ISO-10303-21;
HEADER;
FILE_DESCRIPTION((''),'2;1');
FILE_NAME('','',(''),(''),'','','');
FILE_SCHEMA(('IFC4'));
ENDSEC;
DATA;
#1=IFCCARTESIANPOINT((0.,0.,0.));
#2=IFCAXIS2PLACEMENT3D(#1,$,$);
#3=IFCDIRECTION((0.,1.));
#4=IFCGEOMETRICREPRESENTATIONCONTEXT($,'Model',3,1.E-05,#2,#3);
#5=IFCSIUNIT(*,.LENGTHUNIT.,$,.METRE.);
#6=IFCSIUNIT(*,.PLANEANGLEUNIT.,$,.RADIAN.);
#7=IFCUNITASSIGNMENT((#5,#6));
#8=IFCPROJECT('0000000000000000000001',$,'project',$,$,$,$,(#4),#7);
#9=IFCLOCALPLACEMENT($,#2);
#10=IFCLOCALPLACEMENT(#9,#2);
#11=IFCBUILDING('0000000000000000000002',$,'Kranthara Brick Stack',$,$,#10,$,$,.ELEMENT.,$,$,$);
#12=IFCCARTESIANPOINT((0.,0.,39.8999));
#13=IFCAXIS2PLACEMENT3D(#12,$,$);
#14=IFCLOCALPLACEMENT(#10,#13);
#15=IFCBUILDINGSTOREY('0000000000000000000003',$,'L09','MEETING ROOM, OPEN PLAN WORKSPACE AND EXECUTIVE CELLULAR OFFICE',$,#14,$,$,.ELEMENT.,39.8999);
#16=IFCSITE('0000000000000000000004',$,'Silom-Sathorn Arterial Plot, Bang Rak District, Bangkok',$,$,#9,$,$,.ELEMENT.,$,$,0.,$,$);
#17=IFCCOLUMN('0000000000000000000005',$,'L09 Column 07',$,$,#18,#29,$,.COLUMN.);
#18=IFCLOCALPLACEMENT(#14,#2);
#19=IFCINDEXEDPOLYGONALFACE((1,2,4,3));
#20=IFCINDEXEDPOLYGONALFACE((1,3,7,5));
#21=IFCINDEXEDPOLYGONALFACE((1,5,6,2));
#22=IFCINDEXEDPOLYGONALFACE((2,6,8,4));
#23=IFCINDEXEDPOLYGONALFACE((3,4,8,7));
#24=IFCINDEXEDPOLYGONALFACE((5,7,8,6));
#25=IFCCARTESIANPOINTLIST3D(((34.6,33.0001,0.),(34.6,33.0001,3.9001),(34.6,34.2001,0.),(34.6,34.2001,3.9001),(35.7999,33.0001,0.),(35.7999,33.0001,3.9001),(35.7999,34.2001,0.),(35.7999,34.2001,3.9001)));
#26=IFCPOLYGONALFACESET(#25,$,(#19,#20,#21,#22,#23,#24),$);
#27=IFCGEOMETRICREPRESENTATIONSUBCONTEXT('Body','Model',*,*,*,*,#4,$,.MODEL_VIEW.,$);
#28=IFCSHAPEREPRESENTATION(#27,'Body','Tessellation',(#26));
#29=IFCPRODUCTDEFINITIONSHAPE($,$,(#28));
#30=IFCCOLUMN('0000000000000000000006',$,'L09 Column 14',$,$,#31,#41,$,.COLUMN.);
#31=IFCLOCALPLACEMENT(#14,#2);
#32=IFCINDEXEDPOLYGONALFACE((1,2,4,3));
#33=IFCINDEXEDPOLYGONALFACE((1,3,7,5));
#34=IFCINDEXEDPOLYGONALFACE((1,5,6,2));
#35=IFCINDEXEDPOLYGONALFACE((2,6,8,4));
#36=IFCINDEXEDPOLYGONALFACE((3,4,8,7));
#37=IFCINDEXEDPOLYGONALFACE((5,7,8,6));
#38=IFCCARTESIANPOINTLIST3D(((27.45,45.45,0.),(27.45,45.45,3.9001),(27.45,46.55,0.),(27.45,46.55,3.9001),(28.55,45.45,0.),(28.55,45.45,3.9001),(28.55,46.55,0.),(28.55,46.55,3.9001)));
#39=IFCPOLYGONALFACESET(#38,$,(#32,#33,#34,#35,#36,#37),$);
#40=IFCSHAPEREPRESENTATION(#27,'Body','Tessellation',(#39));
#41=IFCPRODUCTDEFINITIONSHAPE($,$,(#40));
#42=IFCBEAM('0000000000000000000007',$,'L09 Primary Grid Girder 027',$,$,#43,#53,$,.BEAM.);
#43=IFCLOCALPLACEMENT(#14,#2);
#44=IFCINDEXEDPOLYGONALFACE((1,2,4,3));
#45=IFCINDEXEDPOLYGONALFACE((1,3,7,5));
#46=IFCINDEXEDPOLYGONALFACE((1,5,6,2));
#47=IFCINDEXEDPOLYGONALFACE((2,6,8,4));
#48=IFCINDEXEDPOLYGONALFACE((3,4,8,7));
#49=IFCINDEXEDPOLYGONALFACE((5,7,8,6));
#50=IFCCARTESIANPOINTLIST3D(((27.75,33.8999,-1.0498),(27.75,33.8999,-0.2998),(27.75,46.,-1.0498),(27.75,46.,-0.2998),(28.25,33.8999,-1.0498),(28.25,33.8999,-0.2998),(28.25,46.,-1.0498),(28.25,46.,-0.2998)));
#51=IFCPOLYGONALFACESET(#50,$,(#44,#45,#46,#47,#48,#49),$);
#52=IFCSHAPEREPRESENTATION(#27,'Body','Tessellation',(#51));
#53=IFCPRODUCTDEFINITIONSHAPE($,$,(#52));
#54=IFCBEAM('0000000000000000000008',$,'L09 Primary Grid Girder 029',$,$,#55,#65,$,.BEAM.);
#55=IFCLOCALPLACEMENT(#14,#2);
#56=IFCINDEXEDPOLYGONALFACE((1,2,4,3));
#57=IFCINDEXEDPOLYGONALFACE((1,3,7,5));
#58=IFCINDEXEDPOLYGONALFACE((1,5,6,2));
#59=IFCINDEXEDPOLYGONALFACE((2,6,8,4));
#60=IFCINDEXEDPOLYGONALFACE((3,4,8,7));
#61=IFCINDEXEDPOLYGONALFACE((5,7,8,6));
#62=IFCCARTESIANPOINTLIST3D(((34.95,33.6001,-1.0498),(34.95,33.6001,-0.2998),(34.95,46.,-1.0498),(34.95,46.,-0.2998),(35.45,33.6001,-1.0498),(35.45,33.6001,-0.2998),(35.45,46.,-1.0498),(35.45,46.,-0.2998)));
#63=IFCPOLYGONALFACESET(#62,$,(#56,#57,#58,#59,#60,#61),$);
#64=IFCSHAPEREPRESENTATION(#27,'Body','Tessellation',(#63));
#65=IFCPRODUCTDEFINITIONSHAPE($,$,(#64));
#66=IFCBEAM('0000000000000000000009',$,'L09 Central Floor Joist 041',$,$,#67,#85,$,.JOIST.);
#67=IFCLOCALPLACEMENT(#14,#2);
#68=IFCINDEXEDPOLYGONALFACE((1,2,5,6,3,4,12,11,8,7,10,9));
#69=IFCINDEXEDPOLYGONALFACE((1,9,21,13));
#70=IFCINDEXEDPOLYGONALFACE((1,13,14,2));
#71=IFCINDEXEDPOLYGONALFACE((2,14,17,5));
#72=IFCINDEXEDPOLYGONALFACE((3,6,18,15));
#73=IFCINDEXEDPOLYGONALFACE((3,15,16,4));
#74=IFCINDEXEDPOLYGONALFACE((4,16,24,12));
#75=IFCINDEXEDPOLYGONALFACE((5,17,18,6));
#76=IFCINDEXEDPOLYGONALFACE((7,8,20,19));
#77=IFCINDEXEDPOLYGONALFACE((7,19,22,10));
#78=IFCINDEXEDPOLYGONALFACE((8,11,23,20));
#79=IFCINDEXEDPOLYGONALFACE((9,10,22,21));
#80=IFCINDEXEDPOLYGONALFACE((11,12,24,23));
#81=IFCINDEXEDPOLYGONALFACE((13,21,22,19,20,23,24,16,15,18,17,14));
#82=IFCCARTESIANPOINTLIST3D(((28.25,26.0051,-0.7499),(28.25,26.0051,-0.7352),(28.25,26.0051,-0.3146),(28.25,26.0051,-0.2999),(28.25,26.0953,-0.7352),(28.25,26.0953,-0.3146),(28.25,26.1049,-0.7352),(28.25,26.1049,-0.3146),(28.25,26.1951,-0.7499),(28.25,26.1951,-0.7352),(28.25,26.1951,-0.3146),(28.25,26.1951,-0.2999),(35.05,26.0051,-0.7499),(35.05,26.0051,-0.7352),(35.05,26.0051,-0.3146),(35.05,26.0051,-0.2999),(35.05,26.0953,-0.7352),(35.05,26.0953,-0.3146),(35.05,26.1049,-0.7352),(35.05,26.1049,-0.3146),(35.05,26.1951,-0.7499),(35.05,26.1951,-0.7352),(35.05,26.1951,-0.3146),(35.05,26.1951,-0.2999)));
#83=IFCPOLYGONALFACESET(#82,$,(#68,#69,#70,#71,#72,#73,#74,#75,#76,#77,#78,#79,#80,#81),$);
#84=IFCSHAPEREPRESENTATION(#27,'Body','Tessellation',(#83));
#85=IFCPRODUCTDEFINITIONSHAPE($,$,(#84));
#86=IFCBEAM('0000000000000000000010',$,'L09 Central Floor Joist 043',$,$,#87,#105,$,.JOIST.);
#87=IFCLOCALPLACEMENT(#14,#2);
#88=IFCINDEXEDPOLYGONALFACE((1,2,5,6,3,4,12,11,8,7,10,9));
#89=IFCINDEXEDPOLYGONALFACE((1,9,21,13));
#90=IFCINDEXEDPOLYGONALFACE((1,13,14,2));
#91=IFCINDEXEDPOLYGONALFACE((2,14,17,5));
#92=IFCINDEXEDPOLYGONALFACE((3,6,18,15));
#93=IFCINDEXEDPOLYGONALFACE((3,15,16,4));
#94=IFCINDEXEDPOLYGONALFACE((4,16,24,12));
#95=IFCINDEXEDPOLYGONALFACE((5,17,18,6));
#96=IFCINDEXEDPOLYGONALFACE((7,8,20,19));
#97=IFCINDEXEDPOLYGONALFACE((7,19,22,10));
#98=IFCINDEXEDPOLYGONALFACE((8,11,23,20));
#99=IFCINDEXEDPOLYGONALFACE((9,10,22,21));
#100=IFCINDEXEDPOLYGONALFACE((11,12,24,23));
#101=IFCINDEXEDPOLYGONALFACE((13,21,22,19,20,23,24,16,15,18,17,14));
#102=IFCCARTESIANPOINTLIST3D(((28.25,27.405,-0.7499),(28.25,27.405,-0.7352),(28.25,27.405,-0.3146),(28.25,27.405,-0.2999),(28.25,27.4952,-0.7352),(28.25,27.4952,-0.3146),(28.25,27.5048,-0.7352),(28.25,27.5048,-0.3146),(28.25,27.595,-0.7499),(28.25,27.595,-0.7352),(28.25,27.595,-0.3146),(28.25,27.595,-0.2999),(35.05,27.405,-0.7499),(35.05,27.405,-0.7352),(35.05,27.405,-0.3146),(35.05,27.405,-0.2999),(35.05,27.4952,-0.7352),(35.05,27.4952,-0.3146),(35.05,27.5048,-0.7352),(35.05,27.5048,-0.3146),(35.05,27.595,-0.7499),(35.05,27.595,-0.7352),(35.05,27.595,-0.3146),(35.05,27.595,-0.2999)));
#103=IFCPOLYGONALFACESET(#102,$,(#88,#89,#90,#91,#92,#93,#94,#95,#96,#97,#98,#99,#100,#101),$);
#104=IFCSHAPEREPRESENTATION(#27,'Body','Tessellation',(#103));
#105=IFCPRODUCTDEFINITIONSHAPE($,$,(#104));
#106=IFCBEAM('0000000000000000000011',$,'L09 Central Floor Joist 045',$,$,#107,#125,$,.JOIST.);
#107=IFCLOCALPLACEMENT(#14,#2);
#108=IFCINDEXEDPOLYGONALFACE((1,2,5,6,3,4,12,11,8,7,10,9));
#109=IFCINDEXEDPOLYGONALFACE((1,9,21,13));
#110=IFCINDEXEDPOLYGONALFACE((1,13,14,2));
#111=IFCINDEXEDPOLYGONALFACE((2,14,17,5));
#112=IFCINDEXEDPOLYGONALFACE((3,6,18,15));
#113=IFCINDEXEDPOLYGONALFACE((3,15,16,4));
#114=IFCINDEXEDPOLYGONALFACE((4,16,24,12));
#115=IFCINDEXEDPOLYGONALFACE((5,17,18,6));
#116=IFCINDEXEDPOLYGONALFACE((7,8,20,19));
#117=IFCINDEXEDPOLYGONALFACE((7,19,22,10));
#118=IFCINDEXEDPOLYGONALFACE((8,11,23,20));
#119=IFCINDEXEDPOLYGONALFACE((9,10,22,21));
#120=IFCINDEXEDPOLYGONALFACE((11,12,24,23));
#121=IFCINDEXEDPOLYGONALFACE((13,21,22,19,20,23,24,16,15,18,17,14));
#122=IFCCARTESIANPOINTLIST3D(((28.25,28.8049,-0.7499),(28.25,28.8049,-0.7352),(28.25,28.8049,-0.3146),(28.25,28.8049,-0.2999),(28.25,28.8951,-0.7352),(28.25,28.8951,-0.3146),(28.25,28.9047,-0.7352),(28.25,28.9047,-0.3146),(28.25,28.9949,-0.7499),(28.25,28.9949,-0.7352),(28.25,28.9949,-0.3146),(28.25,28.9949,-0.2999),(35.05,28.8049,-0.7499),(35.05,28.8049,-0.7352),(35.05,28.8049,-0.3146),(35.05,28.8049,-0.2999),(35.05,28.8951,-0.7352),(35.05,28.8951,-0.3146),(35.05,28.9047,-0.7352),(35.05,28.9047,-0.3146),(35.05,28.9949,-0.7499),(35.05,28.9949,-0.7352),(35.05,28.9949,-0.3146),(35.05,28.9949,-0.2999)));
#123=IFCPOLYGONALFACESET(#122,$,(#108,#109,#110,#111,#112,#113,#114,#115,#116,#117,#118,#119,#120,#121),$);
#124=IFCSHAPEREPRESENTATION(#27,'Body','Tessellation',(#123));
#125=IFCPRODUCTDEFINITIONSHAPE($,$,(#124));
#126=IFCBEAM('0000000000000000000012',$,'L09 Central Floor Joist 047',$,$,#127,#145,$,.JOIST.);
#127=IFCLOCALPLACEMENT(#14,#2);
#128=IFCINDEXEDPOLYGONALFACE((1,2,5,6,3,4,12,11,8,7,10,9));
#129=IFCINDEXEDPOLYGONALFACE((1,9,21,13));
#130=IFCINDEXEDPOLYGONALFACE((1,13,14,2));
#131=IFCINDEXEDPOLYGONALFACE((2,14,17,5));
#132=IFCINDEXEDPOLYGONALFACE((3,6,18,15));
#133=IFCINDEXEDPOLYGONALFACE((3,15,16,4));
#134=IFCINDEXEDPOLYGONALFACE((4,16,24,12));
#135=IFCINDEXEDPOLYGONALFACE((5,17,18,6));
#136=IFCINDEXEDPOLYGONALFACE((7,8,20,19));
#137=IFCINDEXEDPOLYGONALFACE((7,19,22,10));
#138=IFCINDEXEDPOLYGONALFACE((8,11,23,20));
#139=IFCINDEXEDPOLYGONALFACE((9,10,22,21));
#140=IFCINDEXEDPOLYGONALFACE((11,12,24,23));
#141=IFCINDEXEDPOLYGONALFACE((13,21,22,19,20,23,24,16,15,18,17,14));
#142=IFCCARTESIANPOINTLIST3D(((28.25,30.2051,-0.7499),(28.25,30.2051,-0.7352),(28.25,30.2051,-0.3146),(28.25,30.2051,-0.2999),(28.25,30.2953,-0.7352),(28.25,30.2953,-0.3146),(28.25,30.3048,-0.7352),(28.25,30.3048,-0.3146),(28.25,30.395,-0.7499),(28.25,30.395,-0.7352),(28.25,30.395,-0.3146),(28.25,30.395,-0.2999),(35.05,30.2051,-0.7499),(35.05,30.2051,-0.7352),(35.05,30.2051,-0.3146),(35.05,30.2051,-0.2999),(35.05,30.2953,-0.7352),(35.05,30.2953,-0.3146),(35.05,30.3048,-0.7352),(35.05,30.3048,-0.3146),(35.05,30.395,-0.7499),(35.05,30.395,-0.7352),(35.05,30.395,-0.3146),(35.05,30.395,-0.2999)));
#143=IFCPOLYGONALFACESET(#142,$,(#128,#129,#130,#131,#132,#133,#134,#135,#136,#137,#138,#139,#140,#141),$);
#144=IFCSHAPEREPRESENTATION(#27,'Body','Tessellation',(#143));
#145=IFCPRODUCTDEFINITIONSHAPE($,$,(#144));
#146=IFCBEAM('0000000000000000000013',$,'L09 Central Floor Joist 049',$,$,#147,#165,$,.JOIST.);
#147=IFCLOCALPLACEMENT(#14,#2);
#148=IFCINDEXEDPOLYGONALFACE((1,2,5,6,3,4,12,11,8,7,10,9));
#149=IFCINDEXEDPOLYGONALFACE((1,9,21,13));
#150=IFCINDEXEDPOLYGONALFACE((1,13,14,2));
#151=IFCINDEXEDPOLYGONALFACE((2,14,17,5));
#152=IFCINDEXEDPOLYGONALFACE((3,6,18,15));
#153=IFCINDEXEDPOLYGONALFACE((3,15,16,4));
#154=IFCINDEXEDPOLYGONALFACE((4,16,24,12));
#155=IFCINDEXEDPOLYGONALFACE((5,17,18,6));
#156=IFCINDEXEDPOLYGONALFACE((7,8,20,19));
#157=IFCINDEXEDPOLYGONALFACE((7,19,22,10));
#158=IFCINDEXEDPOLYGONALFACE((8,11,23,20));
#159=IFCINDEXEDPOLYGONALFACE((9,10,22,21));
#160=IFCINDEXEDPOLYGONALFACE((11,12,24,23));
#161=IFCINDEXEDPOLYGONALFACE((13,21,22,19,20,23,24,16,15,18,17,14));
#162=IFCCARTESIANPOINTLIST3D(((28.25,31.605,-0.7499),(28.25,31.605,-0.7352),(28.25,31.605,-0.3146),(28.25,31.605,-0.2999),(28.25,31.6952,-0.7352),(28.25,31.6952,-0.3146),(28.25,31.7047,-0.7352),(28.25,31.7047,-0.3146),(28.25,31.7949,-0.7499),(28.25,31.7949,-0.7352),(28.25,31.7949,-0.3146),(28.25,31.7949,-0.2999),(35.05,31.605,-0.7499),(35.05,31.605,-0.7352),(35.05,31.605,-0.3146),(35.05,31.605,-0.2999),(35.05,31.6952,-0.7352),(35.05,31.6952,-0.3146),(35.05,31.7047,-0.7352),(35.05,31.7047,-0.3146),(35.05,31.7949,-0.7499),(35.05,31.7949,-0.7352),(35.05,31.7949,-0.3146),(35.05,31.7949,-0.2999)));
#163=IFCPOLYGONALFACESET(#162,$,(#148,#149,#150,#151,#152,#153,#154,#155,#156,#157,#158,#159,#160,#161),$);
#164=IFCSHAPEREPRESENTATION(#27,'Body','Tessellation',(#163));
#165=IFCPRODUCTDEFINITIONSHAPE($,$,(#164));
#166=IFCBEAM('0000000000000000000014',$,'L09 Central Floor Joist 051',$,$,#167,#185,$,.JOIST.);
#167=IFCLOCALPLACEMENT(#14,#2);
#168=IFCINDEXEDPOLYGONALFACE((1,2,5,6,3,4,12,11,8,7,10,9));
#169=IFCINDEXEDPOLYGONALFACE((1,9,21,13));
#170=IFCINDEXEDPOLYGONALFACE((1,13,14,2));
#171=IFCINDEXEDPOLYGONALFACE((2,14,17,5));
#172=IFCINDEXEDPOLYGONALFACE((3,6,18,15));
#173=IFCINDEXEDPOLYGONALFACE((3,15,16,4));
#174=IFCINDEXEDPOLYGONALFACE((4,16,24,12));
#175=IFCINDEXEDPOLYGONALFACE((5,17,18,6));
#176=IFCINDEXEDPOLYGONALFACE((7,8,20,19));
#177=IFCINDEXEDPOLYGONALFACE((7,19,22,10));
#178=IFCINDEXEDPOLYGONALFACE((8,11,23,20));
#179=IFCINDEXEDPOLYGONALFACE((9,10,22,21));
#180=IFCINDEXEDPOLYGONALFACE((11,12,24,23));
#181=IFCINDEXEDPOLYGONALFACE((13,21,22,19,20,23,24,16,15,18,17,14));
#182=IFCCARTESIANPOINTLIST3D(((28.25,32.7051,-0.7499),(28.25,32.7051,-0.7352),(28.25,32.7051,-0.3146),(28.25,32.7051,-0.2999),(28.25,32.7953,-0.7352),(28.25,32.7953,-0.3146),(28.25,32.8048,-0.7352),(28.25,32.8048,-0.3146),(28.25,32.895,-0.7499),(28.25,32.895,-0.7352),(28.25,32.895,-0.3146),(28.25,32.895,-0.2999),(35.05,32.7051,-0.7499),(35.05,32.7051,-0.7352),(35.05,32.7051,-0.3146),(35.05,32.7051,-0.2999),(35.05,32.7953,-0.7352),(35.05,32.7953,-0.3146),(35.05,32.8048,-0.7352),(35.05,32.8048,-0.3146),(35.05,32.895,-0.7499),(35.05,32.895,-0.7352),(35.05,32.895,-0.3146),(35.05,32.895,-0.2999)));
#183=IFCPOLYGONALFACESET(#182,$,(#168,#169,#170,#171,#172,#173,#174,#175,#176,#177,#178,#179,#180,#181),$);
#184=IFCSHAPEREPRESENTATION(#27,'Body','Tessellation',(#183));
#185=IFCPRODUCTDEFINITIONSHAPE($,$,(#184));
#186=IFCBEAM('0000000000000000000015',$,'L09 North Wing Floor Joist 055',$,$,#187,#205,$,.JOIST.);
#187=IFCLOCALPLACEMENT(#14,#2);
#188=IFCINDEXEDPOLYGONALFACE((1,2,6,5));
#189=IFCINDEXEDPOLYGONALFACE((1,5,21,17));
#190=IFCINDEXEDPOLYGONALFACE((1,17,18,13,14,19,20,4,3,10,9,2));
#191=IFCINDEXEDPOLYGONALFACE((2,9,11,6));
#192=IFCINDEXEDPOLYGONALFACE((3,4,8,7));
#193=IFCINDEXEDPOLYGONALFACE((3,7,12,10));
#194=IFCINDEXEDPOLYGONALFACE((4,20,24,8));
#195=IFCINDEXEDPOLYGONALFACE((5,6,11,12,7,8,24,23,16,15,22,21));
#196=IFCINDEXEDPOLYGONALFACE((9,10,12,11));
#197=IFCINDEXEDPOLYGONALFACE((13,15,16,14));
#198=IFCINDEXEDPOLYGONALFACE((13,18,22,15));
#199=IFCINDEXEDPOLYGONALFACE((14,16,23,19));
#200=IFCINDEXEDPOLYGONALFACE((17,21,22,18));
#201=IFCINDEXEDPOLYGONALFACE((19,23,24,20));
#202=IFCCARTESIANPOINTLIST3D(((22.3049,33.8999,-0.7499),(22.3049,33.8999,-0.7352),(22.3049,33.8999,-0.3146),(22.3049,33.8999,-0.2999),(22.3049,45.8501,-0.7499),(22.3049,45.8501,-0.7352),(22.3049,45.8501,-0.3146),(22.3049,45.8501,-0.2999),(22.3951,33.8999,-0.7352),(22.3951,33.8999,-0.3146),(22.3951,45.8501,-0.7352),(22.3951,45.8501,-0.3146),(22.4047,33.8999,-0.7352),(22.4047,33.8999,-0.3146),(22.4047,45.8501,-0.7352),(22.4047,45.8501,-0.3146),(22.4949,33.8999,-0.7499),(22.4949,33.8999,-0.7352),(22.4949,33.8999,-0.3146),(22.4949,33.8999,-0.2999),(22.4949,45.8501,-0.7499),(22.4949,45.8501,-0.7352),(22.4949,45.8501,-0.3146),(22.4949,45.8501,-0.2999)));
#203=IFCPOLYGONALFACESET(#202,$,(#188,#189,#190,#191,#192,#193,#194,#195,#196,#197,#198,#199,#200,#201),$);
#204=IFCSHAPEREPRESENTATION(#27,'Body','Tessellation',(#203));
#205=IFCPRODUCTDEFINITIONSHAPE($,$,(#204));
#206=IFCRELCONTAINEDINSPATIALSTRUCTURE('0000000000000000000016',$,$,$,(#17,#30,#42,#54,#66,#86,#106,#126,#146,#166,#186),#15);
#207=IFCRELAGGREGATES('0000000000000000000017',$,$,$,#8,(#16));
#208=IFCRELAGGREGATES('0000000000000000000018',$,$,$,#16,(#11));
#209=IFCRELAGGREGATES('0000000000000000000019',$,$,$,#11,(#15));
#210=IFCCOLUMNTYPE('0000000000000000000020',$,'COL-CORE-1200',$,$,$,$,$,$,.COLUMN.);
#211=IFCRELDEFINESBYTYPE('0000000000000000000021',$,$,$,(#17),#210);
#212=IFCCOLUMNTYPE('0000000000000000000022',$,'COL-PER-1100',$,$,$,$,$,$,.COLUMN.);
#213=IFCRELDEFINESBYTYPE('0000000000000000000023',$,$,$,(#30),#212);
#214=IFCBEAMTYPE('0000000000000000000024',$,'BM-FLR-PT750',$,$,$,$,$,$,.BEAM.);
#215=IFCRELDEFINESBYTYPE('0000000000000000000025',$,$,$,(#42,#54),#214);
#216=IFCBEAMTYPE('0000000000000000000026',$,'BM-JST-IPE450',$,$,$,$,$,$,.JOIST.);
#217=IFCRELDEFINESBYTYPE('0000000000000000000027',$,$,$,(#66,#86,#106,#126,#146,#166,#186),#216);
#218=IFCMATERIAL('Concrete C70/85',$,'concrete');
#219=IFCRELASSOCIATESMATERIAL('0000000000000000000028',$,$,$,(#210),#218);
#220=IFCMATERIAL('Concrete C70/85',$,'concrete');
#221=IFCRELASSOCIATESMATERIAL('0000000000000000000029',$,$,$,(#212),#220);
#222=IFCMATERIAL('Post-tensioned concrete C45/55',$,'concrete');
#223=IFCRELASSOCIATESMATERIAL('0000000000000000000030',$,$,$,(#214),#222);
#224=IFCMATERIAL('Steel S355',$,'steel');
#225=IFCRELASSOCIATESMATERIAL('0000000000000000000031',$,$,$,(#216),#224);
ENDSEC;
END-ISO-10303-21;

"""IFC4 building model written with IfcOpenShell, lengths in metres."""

from ifc_helpers import new_model, si_unit, direction, frame, origin, origin_2d, place, context, subcontext, project, spatial, rectangle, i_section, extrude, material, material_profile, profile_set, type_object, element, save


model = new_model("IFC4")

# Units and contexts
model_context = context("Model", 3, precision=1e-05, world=origin(), true_north=direction((0.0, 1.0)))
body_context = subcontext(model_context, "Body", "Model", "MODEL_VIEW")
ifc_project = project(units=[si_unit("LENGTHUNIT", "METRE"), si_unit("PLANEANGLEUNIT", "RADIAN")], contexts=[model_context])

# Site, building, storey
site_placement = place(None, origin())
site = spatial("IfcSite", under=ifc_project, at=site_placement, Name="Silom-Sathorn Arterial Plot, Bang Rak District, Bangkok", CompositionType="ELEMENT", RefElevation=0.0)
building_placement = place(site_placement, origin())
building = spatial("IfcBuilding", under=site, at=building_placement, Name="Kranthara Brick Stack", CompositionType="ELEMENT")
storey_placement = place(building_placement, frame((0.0, 0.0, 39.8999)))
storey = spatial("IfcBuildingStorey", under=building, at=storey_placement, Name="L09", Description="MEETING ROOM, OPEN PLAN WORKSPACE AND EXECUTIVE CELLULAR OFFICE", CompositionType="ELEMENT", Elevation=39.8999)

# Columns
ifc_material_1 = material(Name="Concrete C70/85", Category="concrete")
ifc_material_profile_1 = material_profile(ifc_material_1, rectangle(XDim=1.2, YDim=1.2, at=origin_2d()), Name="RC 1200x1200")
ifc_profile_set_1 = profile_set([ifc_material_profile_1], Name="Concrete C70/85")
column_type_1 = type_object("IfcColumnType", Name="COL-CORE-1200", PredefinedType="COLUMN", material=ifc_profile_set_1)
column_1_placement = place(storey_placement, frame((35.2, 33.6001, 0.0), z_axis=(0.0, 0.0, 1.0), x_axis=(1.0, 0.0, 0.0)))
element("IfcColumn", 1, at=column_1_placement, inside=storey, type_object=column_type_1, Name="L09 Column 07", PredefinedType="COLUMN", context=body_context, shape_type="SweptSolid", body=[
    extrude(rectangle(XDim=1.2, YDim=1.2, at=origin_2d()), origin(), (0.0, 0.0, 1.0), 3.9001),
])
ifc_material_2 = material(Name="Concrete C70/85", Category="concrete")
ifc_material_profile_2 = material_profile(ifc_material_2, rectangle(XDim=1.1001, YDim=1.1001, at=origin_2d()), Name="RC 1100x1100")
ifc_profile_set_2 = profile_set([ifc_material_profile_2], Name="Concrete C70/85")
column_type_2 = type_object("IfcColumnType", Name="COL-PER-1100", PredefinedType="COLUMN", material=ifc_profile_set_2)
column_2_placement = place(storey_placement, frame((28.0, 46.0, 0.0), z_axis=(0.0, 0.0, 1.0), x_axis=(1.0, 0.0, 0.0)))
element("IfcColumn", 2, at=column_2_placement, inside=storey, type_object=column_type_2, Name="L09 Column 14", PredefinedType="COLUMN", context=body_context, shape_type="SweptSolid", body=[
    extrude(rectangle(XDim=1.1001, YDim=1.1001, at=origin_2d()), origin(), (0.0, 0.0, 1.0), 3.9001),
])

# Beams
ifc_material_3 = material(Name="Post-tensioned concrete C45/55", Category="concrete")
ifc_material_profile_3 = material_profile(ifc_material_3, rectangle(XDim=0.5, YDim=0.75, at=origin_2d()), Name="PT 500x750")
ifc_profile_set_3 = profile_set([ifc_material_profile_3], Name="Post-tensioned concrete C45/55")
beam_type_1 = type_object("IfcBeamType", Name="BM-FLR-PT750", PredefinedType="BEAM", material=ifc_profile_set_3)
beam_1_placement = place(storey_placement, frame((28.0, 33.8999, -0.6748), z_axis=(0.0, 1.0, 0.0), x_axis=(-1.0, 0.0, 0.0)))
element("IfcBeam", 3, at=beam_1_placement, inside=storey, type_object=beam_type_1, Name="L09 Primary Grid Girder 027", PredefinedType="BEAM", context=body_context, shape_type="SweptSolid", body=[
    extrude(rectangle(XDim=0.5, YDim=0.75, at=origin_2d()), origin(), (0.0, 0.0, 1.0), 12.1001),
])
beam_2_placement = place(storey_placement, frame((35.2, 33.6001, -0.6748), z_axis=(0.0, 1.0, 0.0), x_axis=(-1.0, 0.0, 0.0)))
element("IfcBeam", 4, at=beam_2_placement, inside=storey, type_object=beam_type_1, Name="L09 Primary Grid Girder 029", PredefinedType="BEAM", context=body_context, shape_type="SweptSolid", body=[
    extrude(rectangle(XDim=0.5, YDim=0.75, at=origin_2d()), origin(), (0.0, 0.0, 1.0), 12.3999),
])
ifc_material_4 = material(Name="Steel S355", Category="steel")
ifc_material_profile_4 = material_profile(ifc_material_4, i_section(OverallWidth=0.1899, OverallDepth=0.45, WebThickness=0.0095, FlangeThickness=0.0146, at=origin_2d()), Name="IPE 450")
ifc_profile_set_4 = profile_set([ifc_material_profile_4], Name="Steel S355")
beam_type_2 = type_object("IfcBeamType", Name="BM-JST-IPE450", PredefinedType="JOIST", material=ifc_profile_set_4)
for number, where, z_axis, x_axis, name in (
    (5, (28.25, 26.1001, -0.5249), (1.0, 0.0, 0.0), (0.0, 1.0, 0.0), "L09 Central Floor Joist 041"),
    (6, (28.25, 27.5, -0.5249), (1.0, 0.0, 0.0), (0.0, 1.0, 0.0), "L09 Central Floor Joist 043"),
    (7, (28.25, 28.8999, -0.5249), (1.0, 0.0, 0.0), (0.0, 1.0, 0.0), "L09 Central Floor Joist 045"),
    (8, (28.25, 30.3, -0.5249), (1.0, 0.0, 0.0), (0.0, 1.0, 0.0), "L09 Central Floor Joist 047"),
    (9, (28.25, 31.7, -0.5249), (1.0, 0.0, 0.0), (0.0, 1.0, 0.0), "L09 Central Floor Joist 049"),
    (10, (28.25, 32.8, -0.5249), (1.0, 0.0, 0.0), (0.0, 1.0, 0.0), "L09 Central Floor Joist 051"),
):
    element("IfcBeam", number, at=place(storey_placement, frame(where, z_axis=z_axis, x_axis=x_axis)), inside=storey, type_object=beam_type_2, Name=name, PredefinedType="JOIST", context=body_context, shape_type="SweptSolid", body=[
        extrude(i_section(OverallWidth=0.1899, OverallDepth=0.45, WebThickness=0.0095, FlangeThickness=0.0146, at=origin_2d()), origin(), (0.0, 0.0, 1.0), 6.8),
    ])
for number, where, z_axis, x_axis, name in (
    (11, (22.3999, 33.8999, -0.5249), (0.0, 1.0, 0.0), (-1.0, 0.0, 0.0), "L09 North Wing Floor Joist 055"),
):
    element("IfcBeam", number, at=place(storey_placement, frame(where, z_axis=z_axis, x_axis=x_axis)), inside=storey, type_object=beam_type_2, Name=name, PredefinedType="JOIST", context=body_context, shape_type="SweptSolid", body=[
        extrude(i_section(OverallWidth=0.1899, OverallDepth=0.45, WebThickness=0.0095, FlangeThickness=0.0146, at=origin_2d()), origin(), (0.0, 0.0, 1.0), 11.9502),
    ])

save(model, "model.ifc")
